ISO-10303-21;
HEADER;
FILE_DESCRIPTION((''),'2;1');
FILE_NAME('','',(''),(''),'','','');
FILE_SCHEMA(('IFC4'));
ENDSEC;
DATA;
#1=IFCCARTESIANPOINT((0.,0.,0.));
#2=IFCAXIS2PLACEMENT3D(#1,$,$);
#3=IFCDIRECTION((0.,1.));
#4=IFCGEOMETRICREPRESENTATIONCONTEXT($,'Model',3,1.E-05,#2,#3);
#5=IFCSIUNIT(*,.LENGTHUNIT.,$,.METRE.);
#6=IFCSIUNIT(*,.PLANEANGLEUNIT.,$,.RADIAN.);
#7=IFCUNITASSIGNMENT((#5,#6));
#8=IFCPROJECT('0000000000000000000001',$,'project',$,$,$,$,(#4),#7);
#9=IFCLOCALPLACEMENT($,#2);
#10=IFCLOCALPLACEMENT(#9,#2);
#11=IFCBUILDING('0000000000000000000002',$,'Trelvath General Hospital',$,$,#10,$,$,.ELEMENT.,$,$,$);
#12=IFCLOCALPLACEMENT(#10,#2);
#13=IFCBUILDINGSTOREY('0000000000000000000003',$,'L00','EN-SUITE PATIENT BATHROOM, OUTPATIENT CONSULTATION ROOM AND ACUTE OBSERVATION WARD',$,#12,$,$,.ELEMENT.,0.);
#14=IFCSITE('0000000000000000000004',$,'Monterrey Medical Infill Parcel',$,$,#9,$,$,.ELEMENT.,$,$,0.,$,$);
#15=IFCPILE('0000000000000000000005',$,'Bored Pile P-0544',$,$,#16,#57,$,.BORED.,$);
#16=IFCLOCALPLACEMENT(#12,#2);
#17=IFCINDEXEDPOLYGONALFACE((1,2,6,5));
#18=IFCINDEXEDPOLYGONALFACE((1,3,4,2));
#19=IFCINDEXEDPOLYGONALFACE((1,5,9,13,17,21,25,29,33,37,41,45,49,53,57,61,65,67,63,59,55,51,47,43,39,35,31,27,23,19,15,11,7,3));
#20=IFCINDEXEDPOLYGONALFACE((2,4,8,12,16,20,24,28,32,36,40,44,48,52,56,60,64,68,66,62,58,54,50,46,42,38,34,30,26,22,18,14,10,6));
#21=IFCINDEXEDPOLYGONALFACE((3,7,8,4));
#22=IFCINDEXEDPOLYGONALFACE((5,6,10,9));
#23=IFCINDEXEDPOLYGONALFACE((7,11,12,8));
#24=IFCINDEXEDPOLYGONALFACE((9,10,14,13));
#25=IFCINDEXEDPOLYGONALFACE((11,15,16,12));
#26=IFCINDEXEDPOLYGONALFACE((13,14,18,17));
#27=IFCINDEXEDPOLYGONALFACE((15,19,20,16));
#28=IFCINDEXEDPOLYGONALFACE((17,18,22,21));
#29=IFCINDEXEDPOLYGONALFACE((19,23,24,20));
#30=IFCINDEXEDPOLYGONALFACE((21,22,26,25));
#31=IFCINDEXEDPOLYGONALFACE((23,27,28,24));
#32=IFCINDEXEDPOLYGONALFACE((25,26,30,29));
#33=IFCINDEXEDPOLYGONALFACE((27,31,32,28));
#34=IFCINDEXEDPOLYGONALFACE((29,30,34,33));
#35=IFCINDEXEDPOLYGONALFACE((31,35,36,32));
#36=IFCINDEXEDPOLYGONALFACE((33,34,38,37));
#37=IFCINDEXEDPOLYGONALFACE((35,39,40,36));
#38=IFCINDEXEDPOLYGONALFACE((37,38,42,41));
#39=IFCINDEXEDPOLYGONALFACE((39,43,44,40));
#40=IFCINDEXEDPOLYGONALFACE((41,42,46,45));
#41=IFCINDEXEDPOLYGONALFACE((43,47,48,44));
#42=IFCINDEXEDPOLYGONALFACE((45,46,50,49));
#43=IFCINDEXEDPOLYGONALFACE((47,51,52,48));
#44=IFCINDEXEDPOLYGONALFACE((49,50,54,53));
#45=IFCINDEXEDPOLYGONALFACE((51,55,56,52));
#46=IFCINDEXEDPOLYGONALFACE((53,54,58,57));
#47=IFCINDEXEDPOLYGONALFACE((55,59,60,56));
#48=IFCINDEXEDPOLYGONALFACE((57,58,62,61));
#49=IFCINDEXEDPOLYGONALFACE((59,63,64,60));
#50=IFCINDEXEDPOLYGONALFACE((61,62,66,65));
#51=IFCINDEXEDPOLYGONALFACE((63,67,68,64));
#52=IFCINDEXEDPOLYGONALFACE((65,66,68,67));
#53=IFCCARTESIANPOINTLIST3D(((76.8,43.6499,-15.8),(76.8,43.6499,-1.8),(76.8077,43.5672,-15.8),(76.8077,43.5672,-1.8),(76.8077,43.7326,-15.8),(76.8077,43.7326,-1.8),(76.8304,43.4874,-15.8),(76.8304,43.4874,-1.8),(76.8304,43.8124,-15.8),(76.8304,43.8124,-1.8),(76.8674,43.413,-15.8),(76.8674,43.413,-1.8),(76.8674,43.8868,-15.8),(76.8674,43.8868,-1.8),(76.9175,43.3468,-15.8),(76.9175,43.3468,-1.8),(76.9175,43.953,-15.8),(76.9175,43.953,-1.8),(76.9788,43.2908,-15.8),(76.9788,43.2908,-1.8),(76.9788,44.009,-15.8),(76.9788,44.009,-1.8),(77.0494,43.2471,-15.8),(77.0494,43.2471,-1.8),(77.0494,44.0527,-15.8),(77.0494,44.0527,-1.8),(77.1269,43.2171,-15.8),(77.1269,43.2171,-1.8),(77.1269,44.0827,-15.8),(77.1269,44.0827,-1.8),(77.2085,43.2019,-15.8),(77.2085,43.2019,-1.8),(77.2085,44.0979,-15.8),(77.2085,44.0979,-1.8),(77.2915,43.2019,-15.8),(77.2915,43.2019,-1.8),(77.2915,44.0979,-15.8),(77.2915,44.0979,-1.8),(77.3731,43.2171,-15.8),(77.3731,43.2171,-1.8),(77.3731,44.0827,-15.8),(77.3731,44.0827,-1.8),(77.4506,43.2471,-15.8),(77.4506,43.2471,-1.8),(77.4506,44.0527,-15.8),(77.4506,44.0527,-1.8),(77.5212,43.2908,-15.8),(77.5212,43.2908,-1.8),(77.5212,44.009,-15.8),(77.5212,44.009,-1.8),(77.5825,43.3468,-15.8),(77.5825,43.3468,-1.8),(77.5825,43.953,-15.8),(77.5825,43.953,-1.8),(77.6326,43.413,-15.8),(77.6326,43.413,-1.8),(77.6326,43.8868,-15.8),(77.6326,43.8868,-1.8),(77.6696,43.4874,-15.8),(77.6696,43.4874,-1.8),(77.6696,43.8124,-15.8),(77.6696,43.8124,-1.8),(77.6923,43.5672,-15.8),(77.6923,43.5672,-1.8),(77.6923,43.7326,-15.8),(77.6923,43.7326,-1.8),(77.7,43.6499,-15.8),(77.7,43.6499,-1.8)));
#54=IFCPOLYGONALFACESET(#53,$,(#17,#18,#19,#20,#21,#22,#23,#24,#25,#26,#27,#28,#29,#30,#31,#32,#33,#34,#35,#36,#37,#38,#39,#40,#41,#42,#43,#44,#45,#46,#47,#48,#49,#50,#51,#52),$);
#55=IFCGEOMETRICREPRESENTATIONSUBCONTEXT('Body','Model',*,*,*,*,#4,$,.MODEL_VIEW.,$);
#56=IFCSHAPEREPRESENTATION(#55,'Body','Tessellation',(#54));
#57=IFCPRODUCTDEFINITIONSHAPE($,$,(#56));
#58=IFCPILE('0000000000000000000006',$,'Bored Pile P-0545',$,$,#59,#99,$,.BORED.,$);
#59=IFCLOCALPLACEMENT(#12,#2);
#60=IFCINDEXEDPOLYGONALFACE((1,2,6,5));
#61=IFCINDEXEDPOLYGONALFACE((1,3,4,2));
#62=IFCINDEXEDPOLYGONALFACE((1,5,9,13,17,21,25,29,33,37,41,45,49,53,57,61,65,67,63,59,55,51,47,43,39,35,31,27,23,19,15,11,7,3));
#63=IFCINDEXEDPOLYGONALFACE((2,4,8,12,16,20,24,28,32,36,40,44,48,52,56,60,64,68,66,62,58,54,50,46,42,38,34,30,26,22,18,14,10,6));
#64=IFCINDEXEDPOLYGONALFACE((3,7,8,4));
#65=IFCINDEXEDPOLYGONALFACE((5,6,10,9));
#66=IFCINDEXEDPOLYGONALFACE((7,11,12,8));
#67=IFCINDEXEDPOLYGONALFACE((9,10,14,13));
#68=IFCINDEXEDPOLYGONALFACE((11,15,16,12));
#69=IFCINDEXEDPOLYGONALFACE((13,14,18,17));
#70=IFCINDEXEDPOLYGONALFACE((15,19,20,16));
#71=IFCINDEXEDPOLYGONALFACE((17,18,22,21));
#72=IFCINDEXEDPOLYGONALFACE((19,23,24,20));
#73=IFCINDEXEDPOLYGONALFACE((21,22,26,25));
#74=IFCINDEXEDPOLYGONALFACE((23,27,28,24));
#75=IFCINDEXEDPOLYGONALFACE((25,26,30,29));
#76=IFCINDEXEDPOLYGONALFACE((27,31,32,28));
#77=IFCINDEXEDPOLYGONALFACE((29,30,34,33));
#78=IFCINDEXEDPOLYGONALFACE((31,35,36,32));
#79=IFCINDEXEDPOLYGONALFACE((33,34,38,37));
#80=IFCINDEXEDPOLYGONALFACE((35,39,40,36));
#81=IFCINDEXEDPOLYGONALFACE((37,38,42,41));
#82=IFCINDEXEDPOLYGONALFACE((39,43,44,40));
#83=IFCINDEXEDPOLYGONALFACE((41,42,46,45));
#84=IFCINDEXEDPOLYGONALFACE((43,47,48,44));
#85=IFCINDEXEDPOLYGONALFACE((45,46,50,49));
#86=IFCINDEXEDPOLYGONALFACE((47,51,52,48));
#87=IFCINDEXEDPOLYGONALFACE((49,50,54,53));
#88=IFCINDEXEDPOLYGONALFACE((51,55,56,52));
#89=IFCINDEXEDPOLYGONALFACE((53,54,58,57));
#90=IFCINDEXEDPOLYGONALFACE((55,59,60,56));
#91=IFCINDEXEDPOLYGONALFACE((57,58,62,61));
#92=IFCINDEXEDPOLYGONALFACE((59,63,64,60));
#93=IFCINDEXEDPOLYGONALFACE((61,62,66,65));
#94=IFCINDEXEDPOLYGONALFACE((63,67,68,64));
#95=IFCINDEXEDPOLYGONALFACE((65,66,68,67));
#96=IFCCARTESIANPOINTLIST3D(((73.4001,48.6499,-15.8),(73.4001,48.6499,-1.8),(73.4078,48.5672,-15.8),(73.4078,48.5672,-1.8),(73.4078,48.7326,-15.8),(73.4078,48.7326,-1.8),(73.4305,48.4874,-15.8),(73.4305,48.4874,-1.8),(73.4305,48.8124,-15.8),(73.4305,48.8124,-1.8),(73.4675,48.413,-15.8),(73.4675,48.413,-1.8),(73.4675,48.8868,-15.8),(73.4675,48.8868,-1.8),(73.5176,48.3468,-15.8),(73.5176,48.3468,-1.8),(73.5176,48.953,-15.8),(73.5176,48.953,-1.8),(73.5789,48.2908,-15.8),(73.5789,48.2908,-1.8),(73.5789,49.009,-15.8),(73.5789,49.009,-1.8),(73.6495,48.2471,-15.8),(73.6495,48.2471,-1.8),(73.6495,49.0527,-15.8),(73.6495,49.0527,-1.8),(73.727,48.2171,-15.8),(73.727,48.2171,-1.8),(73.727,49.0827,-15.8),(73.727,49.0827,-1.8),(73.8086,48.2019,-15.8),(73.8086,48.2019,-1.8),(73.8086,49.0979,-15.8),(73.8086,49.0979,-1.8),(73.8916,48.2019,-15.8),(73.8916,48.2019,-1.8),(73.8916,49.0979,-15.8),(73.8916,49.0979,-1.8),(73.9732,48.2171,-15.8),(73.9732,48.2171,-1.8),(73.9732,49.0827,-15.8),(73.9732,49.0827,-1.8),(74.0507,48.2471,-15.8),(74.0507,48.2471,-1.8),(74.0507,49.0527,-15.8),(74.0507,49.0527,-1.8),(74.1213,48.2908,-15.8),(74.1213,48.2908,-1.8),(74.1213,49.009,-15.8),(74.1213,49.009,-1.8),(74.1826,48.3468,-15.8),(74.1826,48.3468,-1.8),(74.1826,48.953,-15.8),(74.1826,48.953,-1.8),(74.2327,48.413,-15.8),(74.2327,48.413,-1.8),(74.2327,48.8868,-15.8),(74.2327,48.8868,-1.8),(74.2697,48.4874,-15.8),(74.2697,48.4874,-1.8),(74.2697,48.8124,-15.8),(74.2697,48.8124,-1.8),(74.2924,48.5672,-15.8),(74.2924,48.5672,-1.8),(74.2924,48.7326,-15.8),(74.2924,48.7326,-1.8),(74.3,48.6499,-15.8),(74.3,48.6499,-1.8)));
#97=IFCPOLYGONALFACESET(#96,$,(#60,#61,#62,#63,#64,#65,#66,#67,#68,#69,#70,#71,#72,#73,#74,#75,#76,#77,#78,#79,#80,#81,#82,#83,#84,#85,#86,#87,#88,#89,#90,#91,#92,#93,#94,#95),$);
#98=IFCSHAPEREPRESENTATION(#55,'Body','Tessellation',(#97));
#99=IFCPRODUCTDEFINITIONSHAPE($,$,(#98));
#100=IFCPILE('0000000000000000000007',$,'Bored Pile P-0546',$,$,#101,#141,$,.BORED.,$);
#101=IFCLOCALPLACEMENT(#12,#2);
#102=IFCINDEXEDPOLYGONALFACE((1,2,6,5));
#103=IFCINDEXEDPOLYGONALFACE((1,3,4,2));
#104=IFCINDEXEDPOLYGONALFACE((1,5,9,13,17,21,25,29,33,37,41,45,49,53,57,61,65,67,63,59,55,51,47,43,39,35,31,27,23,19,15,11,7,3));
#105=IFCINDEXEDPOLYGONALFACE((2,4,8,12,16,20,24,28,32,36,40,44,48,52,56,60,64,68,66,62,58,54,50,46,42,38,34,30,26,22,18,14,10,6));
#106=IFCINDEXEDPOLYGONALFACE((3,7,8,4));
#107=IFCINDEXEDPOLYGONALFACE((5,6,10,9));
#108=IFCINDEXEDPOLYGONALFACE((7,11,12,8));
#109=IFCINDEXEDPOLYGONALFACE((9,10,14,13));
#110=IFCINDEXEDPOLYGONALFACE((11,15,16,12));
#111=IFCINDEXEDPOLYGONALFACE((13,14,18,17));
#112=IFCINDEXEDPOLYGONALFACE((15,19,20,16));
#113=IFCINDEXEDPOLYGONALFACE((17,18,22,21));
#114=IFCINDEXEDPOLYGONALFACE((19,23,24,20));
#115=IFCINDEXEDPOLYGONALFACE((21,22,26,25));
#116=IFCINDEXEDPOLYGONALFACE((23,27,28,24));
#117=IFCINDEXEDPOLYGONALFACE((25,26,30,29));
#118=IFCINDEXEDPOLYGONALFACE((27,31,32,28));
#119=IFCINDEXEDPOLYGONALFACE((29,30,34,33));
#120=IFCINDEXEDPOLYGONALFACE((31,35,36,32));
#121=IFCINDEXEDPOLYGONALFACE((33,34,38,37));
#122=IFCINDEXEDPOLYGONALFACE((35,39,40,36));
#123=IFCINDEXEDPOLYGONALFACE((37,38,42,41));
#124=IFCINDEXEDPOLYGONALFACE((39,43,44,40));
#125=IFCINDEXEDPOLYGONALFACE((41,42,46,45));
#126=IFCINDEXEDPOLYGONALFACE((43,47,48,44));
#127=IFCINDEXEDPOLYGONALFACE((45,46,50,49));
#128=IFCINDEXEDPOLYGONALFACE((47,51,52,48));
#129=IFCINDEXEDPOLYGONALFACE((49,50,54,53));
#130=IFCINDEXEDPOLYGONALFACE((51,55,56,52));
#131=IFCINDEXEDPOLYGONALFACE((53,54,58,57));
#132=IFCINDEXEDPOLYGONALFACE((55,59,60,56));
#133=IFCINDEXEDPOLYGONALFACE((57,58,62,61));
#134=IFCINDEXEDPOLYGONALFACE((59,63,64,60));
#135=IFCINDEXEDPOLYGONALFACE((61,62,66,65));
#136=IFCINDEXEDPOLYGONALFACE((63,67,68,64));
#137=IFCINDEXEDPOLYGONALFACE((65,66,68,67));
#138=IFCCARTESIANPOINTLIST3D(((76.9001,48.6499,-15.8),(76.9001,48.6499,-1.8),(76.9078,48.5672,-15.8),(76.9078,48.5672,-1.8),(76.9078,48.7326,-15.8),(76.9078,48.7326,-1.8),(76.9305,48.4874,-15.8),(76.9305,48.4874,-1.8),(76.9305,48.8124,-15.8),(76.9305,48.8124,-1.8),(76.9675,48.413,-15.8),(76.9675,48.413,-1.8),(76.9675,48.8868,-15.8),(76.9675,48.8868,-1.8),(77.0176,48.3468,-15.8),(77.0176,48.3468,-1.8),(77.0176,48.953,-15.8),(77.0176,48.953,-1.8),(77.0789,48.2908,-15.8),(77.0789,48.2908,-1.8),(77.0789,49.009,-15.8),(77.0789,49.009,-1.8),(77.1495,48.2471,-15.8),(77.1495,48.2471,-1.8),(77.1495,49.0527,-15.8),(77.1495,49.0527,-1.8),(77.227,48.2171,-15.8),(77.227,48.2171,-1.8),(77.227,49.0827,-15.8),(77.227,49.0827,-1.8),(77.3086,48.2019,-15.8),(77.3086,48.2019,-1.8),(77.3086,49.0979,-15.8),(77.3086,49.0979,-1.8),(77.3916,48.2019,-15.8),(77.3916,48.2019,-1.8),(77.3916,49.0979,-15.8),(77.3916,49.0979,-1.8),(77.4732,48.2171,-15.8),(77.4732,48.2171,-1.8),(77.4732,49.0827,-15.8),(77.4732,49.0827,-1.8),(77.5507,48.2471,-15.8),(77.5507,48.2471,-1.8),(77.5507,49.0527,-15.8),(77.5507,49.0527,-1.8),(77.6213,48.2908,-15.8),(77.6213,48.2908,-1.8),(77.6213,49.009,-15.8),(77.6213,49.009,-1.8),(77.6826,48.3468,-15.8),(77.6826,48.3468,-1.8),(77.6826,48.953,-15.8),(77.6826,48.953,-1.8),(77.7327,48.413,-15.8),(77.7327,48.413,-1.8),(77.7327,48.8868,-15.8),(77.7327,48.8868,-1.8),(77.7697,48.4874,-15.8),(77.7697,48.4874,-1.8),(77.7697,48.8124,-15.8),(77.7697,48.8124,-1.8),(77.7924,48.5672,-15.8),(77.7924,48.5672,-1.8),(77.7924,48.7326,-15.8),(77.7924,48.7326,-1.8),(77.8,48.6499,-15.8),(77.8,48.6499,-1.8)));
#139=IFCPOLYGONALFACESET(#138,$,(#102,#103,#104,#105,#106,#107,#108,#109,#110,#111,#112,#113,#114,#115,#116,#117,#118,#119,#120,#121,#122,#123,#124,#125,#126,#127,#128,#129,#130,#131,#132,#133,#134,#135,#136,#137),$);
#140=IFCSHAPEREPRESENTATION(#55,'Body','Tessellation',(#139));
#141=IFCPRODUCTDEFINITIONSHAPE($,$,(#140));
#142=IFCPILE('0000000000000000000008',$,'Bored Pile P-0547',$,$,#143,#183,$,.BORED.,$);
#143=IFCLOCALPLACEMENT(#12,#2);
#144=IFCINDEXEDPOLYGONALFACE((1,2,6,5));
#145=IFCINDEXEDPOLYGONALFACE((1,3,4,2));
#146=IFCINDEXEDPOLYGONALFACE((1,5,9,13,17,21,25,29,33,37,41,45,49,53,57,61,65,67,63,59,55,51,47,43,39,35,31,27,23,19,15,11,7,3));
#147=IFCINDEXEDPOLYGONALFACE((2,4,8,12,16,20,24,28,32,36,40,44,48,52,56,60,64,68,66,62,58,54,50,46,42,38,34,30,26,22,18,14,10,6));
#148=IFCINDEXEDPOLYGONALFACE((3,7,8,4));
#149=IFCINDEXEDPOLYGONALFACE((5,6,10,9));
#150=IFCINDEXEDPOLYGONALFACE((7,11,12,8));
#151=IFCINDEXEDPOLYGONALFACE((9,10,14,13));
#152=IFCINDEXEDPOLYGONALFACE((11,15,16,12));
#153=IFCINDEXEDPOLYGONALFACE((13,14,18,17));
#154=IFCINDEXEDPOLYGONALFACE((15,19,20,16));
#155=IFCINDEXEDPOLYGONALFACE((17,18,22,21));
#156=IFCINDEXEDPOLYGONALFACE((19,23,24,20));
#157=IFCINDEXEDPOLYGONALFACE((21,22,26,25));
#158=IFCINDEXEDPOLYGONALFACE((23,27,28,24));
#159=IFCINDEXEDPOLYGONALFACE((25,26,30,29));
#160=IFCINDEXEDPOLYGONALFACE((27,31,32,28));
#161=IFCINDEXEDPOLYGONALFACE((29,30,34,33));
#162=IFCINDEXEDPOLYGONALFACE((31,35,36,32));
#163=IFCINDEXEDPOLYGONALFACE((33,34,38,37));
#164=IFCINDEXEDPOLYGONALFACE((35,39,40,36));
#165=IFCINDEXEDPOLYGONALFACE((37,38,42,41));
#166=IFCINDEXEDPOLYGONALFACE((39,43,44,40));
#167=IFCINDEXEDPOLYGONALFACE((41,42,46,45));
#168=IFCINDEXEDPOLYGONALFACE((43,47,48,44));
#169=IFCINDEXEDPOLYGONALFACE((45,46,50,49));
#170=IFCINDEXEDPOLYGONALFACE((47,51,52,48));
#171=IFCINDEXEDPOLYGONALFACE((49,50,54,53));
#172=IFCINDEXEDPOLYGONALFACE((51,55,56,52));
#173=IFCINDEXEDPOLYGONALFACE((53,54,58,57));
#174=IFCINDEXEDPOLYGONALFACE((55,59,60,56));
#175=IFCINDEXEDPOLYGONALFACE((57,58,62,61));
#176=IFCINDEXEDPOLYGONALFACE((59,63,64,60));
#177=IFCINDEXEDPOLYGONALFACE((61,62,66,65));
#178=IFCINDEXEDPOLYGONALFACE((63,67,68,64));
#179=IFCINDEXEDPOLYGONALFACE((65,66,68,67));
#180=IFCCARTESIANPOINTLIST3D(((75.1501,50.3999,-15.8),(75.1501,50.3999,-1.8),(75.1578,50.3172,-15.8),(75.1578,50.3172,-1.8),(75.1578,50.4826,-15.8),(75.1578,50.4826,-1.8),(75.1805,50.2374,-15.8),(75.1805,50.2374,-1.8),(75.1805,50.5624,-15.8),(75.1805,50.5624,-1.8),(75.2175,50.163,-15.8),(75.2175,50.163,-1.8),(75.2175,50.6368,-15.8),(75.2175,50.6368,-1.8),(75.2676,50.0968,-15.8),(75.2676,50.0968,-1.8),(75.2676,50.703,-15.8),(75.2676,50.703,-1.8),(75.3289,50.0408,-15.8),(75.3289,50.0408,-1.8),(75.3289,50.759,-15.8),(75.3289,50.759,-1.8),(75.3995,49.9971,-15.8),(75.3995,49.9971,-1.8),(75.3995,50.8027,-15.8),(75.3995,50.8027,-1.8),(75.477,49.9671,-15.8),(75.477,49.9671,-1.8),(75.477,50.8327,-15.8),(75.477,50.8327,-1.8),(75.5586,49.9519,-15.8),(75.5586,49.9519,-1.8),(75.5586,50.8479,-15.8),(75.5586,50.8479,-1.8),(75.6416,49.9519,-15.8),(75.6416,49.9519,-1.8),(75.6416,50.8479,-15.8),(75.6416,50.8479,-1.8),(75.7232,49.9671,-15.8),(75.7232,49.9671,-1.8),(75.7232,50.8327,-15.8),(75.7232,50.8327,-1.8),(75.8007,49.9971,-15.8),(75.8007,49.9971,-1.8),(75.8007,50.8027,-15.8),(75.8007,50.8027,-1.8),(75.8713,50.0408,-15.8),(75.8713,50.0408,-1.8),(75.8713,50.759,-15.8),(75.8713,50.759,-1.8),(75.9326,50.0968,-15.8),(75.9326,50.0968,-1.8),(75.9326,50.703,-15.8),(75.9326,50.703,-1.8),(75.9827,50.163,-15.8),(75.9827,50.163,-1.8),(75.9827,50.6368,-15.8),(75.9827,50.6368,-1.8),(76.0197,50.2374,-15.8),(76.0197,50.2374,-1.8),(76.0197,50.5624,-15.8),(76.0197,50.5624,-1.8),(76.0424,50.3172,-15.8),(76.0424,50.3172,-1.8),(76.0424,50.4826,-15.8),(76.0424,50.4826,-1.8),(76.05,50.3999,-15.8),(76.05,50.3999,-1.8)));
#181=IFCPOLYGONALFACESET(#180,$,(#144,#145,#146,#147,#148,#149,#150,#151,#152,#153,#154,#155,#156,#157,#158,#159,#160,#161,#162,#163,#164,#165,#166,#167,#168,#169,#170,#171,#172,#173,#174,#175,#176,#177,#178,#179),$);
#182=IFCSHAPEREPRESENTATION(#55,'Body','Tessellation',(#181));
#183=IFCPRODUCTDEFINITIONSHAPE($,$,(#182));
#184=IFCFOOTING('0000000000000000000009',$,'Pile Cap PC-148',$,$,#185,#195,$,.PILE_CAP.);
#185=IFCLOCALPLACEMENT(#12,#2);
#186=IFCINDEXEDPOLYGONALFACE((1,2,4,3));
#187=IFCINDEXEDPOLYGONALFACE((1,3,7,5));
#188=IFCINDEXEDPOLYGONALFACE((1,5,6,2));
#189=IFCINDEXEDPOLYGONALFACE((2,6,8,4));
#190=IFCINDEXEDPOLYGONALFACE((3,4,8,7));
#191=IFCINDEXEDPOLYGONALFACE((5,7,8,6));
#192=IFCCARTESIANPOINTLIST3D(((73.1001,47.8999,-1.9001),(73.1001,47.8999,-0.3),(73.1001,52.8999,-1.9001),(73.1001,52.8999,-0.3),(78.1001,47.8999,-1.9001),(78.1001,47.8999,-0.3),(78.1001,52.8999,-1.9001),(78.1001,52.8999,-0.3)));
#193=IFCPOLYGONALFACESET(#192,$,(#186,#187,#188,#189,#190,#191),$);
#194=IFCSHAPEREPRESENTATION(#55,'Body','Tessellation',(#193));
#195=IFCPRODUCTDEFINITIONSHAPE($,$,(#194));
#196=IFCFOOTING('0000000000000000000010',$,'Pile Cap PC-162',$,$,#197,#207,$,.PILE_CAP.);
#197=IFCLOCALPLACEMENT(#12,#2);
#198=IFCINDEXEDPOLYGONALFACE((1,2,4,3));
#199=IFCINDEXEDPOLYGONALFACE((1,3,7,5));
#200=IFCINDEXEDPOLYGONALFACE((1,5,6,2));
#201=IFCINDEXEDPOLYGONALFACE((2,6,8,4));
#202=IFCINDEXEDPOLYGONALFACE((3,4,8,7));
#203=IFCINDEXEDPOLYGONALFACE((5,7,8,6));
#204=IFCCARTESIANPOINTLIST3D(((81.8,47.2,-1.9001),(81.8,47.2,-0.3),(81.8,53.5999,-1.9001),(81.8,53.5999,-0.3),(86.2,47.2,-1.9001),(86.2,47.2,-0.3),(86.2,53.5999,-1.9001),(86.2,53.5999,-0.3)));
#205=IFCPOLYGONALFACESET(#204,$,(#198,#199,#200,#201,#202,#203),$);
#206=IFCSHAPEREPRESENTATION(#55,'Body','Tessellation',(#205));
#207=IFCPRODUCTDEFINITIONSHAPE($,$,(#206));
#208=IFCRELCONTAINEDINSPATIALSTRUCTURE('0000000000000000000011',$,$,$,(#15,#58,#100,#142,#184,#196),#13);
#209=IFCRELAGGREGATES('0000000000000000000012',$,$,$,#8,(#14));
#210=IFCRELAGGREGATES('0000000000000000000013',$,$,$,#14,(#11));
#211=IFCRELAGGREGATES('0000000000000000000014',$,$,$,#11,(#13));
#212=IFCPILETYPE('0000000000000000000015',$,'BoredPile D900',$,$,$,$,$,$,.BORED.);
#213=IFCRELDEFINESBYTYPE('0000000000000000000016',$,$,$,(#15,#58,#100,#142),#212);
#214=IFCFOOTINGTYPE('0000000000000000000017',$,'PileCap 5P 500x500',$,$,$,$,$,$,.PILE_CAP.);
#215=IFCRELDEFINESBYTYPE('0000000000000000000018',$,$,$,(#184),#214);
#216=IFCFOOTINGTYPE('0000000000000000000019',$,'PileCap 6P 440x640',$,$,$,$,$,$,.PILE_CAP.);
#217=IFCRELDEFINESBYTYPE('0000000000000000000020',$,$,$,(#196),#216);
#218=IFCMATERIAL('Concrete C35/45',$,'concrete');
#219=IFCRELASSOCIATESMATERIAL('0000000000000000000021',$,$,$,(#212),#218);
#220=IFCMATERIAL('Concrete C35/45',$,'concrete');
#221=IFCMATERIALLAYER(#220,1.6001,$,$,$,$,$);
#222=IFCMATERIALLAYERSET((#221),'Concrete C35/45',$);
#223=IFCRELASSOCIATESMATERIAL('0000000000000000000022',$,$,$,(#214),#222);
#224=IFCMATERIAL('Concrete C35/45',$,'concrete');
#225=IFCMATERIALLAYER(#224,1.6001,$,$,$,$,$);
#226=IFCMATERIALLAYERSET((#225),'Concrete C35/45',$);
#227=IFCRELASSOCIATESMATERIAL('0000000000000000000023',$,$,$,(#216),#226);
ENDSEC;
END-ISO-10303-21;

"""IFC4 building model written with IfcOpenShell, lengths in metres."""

from ifc_helpers import new_model, si_unit, direction, frame, origin, origin_2d, place, context, subcontext, project, spatial, rectangle, circle, extrude, material, layer, layer_set, material_profile, profile_set, type_object, element, save


model = new_model("IFC4")

# Units and contexts
model_context = context("Model", 3, precision=1e-05, world=origin(), true_north=direction((0.0, 1.0)))
body_context = subcontext(model_context, "Body", "Model", "MODEL_VIEW")
ifc_project = project(units=[si_unit("LENGTHUNIT", "METRE"), si_unit("PLANEANGLEUNIT", "RADIAN")], contexts=[model_context])

# Site, building, storey
site_placement = place(None, origin())
site = spatial("IfcSite", under=ifc_project, at=site_placement, Name="Monterrey Medical Infill Parcel", CompositionType="ELEMENT", RefElevation=0.0)
building_placement = place(site_placement, origin())
building = spatial("IfcBuilding", under=site, at=building_placement, Name="Trelvath General Hospital", CompositionType="ELEMENT")
storey_placement = place(building_placement, origin())
storey = spatial("IfcBuildingStorey", under=building, at=storey_placement, Name="L00", Description="EN-SUITE PATIENT BATHROOM, OUTPATIENT CONSULTATION ROOM AND ACUTE OBSERVATION WARD", CompositionType="ELEMENT", Elevation=0.0)

# Piles
ifc_material_1 = material(Name="Concrete C35/45", Category="concrete")
ifc_material_profile_1 = material_profile(ifc_material_1, circle(Radius=0.45, at=origin_2d()), Name="PILE900")
ifc_profile_set_1 = profile_set([ifc_material_profile_1], Name="Concrete C35/45")
pile_type_1 = type_object("IfcPileType", Name="BoredPile D900", PredefinedType="BORED", material=ifc_profile_set_1)
for number, where, z_axis, x_axis, name in (
    (1, (77.25, 43.6499, -1.8), (0.0, 0.0, -1.0), (1.0, 0.0, 0.0), "Bored Pile P-0544"),
    (2, (73.8501, 48.6499, -1.8), (0.0, 0.0, -1.0), (1.0, 0.0, 0.0), "Bored Pile P-0545"),
    (3, (77.3501, 48.6499, -1.8), (0.0, 0.0, -1.0), (1.0, 0.0, 0.0), "Bored Pile P-0546"),
    (4, (75.6001, 50.3999, -1.8), (0.0, 0.0, -1.0), (1.0, 0.0, 0.0), "Bored Pile P-0547"),
):
    element("IfcPile", number, at=place(storey_placement, frame(where, z_axis=z_axis, x_axis=x_axis)), inside=storey, type_object=pile_type_1, Name=name, PredefinedType="BORED", context=body_context, shape_type="SweptSolid", body=[
        extrude(circle(Radius=0.45, at=origin_2d()), origin(), (0.0, 0.0, 1.0), 14.0),
    ])

# Footings
ifc_material_2 = material(Name="Concrete C35/45", Category="concrete")
ifc_layer_1 = layer(ifc_material_2, 1.6001)
ifc_layer_set_1 = layer_set([ifc_layer_1], Name="Concrete C35/45")
footing_type_1 = type_object("IfcFootingType", Name="PileCap 5P 500x500", PredefinedType="PILE_CAP", material=ifc_layer_set_1)
footing_1_placement = place(storey_placement, frame((75.6001, 50.3999, -1.9001), z_axis=(0.0, 0.0, 1.0), x_axis=(1.0, 0.0, 0.0)))
element("IfcFooting", 5, at=footing_1_placement, inside=storey, type_object=footing_type_1, Name="Pile Cap PC-148", PredefinedType="PILE_CAP", context=body_context, shape_type="SweptSolid", body=[
    extrude(rectangle(XDim=5.0, YDim=5.0, at=origin_2d()), origin(), (0.0, 0.0, 1.0), 1.6001),
])
ifc_material_3 = material(Name="Concrete C35/45", Category="concrete")
ifc_layer_2 = layer(ifc_material_3, 1.6001)
ifc_layer_set_2 = layer_set([ifc_layer_2], Name="Concrete C35/45")
footing_type_2 = type_object("IfcFootingType", Name="PileCap 6P 440x640", PredefinedType="PILE_CAP", material=ifc_layer_set_2)
footing_2_placement = place(storey_placement, frame((84.0, 50.3999, -1.9001), z_axis=(0.0, 0.0, 1.0), x_axis=(1.0, 0.0, 0.0)))
element("IfcFooting", 6, at=footing_2_placement, inside=storey, type_object=footing_type_2, Name="Pile Cap PC-162", PredefinedType="PILE_CAP", context=body_context, shape_type="SweptSolid", body=[
    extrude(rectangle(XDim=4.3999, YDim=6.3999, at=origin_2d()), origin(), (0.0, 0.0, 1.0), 1.6001),
])

save(model, "model.ifc")
